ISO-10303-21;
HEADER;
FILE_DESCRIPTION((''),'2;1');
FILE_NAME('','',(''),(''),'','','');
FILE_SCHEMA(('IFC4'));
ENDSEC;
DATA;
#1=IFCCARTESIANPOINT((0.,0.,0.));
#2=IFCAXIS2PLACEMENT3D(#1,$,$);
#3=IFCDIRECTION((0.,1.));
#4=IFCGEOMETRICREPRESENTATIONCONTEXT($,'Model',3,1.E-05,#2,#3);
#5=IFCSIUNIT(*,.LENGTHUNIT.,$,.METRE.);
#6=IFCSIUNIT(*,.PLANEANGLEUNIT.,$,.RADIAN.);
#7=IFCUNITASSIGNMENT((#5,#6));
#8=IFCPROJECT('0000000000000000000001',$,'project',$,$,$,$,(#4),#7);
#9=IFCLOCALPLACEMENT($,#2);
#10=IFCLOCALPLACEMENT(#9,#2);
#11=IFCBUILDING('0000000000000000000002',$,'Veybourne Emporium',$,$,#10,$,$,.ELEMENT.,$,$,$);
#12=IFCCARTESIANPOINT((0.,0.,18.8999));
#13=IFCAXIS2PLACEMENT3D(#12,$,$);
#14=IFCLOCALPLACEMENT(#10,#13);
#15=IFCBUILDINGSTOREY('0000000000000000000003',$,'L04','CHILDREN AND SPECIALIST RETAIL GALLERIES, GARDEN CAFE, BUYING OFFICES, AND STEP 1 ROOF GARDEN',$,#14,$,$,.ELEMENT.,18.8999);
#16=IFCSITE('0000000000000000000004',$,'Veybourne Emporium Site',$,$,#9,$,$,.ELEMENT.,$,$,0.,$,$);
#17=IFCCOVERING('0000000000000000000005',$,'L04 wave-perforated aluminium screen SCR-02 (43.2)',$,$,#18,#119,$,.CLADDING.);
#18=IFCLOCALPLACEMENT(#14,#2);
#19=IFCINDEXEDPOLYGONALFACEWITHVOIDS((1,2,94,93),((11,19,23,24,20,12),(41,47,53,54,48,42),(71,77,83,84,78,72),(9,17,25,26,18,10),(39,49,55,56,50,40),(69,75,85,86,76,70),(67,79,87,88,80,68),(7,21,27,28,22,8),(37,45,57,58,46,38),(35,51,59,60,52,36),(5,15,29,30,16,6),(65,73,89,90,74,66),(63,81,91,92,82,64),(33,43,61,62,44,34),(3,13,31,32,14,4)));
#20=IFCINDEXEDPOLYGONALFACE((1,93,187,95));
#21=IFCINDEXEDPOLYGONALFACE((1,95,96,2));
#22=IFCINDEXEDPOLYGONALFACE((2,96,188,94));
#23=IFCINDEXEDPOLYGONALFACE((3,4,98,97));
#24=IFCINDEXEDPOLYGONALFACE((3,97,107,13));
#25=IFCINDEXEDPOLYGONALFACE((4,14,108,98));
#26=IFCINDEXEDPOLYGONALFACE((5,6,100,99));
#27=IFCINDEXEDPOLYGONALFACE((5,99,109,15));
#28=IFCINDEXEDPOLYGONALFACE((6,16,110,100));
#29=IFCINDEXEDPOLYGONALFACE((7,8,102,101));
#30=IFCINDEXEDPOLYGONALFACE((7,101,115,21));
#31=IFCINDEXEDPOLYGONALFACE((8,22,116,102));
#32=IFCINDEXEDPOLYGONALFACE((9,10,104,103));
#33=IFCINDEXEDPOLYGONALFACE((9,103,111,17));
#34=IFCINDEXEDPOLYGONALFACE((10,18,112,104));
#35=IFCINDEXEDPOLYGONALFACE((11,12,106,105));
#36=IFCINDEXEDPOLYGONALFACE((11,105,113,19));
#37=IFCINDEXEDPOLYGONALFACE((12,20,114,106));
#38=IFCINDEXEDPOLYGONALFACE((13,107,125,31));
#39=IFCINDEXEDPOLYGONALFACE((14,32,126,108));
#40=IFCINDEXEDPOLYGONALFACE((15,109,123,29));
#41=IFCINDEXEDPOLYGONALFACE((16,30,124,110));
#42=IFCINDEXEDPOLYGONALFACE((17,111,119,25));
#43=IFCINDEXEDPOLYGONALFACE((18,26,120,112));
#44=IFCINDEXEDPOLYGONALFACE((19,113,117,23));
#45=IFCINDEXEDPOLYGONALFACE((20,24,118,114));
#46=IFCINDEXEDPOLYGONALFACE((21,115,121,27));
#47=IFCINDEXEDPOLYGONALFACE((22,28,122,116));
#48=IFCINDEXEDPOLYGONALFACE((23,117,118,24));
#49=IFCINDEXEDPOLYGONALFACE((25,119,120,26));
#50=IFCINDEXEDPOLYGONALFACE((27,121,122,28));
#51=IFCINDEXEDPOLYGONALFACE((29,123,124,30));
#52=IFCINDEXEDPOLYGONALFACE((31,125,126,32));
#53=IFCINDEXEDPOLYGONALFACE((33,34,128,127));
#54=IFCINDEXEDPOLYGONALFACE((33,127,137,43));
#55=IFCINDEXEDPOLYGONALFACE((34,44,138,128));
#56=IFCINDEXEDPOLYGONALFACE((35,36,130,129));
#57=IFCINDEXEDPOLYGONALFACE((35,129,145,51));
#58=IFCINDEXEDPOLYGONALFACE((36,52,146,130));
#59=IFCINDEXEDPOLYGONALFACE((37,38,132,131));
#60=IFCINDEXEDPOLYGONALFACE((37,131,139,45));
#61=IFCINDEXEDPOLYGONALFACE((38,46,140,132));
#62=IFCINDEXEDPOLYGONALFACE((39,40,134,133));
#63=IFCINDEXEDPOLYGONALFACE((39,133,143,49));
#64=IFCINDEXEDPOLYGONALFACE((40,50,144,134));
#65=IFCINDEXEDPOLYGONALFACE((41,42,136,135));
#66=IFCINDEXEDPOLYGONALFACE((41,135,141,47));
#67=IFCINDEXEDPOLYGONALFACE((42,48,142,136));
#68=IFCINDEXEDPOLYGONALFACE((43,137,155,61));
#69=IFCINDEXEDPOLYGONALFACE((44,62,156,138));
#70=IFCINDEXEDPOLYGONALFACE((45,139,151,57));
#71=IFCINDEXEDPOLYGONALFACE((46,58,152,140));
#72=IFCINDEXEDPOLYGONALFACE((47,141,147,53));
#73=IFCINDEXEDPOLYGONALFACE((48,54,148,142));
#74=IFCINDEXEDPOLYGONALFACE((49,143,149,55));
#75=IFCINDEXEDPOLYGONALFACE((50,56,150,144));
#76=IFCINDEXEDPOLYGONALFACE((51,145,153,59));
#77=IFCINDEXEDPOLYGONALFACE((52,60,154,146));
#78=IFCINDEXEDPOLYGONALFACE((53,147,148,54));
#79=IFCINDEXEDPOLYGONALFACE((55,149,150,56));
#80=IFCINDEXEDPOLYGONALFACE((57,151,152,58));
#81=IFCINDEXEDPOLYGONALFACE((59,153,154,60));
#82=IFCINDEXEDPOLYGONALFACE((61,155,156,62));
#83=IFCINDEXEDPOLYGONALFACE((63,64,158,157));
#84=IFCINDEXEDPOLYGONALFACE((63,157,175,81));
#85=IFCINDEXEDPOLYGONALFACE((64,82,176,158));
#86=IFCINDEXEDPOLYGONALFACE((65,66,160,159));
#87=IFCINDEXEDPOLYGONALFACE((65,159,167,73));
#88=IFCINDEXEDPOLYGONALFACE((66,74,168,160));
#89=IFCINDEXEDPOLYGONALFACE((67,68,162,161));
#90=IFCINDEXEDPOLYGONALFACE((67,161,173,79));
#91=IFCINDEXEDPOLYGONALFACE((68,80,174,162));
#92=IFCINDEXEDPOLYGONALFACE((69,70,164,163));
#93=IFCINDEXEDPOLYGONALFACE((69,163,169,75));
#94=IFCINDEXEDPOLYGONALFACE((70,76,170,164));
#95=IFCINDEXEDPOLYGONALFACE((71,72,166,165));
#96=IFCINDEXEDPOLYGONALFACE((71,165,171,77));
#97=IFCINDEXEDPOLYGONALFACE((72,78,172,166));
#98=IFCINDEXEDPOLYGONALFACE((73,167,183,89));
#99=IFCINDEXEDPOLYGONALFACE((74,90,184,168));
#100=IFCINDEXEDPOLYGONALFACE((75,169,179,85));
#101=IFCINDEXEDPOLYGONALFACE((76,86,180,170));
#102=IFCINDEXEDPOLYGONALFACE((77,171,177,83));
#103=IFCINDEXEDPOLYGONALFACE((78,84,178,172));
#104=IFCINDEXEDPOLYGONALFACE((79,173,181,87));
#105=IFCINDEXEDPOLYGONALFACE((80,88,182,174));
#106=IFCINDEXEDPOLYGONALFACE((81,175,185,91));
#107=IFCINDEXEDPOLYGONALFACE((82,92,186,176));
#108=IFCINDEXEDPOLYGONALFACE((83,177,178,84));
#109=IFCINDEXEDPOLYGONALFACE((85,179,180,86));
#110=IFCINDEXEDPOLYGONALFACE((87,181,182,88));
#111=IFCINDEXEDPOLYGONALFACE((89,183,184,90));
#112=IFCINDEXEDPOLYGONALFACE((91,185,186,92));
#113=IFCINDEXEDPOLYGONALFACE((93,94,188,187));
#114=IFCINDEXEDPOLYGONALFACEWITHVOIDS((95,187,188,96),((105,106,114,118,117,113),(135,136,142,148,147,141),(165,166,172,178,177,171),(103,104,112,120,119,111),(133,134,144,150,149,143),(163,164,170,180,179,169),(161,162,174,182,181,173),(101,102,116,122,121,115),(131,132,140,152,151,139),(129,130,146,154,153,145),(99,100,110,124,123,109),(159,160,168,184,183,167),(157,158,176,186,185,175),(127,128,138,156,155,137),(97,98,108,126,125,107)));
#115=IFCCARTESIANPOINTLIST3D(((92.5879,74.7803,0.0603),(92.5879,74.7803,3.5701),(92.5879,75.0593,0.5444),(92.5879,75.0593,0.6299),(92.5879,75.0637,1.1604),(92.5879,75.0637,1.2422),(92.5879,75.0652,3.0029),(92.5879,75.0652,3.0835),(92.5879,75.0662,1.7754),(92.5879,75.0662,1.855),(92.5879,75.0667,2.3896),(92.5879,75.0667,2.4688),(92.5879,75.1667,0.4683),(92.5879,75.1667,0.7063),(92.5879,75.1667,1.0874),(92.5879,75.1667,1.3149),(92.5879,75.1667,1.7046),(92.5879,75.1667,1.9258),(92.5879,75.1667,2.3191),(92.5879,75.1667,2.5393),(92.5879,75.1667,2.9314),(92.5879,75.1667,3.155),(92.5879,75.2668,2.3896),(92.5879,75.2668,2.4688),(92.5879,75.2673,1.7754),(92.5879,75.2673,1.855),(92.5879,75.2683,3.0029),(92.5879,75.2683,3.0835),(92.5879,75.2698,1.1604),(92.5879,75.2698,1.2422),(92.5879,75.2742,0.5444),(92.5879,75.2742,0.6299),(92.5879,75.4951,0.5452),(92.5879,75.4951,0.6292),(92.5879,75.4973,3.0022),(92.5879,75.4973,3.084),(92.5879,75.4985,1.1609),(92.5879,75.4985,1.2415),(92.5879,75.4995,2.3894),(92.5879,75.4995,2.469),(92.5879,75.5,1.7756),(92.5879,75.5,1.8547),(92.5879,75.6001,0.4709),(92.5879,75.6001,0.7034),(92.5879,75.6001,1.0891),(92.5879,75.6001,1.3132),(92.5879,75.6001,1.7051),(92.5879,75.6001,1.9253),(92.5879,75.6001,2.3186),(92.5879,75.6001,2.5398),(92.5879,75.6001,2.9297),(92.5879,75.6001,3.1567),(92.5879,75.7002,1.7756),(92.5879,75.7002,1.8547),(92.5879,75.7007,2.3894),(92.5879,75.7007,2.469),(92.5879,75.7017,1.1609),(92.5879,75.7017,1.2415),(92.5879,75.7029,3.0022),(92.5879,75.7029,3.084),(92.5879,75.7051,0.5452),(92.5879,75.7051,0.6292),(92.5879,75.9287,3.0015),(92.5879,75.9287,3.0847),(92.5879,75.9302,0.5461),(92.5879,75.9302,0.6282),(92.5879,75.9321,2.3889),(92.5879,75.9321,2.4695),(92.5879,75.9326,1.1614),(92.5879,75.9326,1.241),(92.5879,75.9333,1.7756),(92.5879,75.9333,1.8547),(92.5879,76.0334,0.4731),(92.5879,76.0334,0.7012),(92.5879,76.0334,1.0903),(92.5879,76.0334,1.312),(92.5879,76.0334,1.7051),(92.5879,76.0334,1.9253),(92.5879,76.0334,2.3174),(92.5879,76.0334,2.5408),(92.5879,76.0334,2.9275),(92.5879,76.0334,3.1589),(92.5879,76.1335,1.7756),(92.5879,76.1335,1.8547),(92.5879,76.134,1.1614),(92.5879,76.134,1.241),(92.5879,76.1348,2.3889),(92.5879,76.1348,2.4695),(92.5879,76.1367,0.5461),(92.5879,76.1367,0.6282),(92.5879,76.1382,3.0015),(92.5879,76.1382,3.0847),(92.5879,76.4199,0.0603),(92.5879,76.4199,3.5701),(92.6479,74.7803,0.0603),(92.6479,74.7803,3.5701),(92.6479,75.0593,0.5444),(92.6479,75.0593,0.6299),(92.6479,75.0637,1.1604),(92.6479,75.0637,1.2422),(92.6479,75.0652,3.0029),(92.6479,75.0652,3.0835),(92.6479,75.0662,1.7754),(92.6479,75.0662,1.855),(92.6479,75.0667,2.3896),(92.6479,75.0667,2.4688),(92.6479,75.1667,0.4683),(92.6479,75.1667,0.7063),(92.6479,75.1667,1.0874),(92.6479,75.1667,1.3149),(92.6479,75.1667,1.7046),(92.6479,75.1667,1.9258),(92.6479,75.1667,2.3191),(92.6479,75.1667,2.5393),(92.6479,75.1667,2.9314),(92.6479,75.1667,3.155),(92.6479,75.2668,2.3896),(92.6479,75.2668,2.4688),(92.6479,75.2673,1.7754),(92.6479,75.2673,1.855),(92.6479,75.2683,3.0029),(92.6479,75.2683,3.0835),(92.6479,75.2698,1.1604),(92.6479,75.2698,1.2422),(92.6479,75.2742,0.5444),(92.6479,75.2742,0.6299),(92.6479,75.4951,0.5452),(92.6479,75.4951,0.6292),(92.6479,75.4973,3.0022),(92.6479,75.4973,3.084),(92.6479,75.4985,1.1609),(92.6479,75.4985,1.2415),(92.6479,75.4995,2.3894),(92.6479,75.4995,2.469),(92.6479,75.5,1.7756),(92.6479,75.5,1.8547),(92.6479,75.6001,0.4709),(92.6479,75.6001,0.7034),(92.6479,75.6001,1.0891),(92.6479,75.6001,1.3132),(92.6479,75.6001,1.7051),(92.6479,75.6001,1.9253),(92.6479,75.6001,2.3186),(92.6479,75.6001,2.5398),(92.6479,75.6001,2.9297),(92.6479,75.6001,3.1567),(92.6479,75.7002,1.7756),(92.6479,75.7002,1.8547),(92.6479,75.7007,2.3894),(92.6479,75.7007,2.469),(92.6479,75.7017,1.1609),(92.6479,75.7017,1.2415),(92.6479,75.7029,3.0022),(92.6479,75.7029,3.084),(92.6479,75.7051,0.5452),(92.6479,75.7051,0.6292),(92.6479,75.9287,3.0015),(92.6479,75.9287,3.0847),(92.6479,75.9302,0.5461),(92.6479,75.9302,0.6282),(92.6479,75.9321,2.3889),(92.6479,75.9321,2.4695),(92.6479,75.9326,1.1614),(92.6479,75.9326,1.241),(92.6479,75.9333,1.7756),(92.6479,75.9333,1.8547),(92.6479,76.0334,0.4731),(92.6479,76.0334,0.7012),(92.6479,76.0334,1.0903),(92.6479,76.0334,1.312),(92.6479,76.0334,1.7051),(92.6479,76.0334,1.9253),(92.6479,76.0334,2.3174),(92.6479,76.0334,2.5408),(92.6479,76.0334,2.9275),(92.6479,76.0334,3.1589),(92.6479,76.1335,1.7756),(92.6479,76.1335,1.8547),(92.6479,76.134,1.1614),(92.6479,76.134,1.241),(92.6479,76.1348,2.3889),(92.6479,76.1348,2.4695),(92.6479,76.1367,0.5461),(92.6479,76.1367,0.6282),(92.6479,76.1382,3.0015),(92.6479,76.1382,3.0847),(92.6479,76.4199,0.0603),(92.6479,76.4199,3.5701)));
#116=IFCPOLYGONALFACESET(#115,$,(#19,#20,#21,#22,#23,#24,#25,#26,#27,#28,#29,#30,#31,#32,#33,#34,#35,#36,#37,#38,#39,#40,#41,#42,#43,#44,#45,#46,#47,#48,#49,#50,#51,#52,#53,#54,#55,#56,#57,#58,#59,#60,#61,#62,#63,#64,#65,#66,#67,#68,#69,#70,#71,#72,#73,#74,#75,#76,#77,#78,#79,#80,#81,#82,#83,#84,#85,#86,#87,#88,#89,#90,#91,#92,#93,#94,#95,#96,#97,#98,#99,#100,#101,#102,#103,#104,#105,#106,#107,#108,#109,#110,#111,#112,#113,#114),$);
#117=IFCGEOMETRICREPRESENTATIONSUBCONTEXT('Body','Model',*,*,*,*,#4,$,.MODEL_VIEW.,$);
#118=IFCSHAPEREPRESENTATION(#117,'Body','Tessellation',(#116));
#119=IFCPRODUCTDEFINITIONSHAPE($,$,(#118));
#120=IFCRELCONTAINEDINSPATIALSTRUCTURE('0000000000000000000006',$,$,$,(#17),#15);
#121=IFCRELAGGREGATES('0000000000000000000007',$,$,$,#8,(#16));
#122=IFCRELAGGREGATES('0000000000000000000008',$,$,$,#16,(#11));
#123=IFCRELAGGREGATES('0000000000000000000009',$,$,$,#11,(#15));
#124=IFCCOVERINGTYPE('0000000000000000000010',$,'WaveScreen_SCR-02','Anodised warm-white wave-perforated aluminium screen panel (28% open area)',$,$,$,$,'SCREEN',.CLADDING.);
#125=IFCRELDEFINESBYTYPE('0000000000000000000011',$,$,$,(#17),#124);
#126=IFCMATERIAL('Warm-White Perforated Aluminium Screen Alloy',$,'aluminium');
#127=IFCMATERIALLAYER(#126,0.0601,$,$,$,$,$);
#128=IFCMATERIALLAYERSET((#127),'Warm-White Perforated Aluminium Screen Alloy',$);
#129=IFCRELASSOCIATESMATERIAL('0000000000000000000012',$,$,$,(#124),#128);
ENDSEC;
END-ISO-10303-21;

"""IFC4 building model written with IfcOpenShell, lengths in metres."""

from ifc_helpers import new_model, si_unit, direction, frame, origin, place, context, subcontext, project, spatial, polyline, outline, extrude, material, layer, layer_set, type_object, element, save


model = new_model("IFC4")

# Units and contexts
model_context = context("Model", 3, precision=1e-05, world=origin(), true_north=direction((0.0, 1.0)))
body_context = subcontext(model_context, "Body", "Model", "MODEL_VIEW")
ifc_project = project(units=[si_unit("LENGTHUNIT", "METRE"), si_unit("PLANEANGLEUNIT", "RADIAN")], contexts=[model_context])

# Site, building, storey
site_placement = place(None, origin())
site = spatial("IfcSite", under=ifc_project, at=site_placement, Name="Veybourne Emporium Site", CompositionType="ELEMENT", RefElevation=0.0)
building_placement = place(site_placement, origin())
building = spatial("IfcBuilding", under=site, at=building_placement, Name="Veybourne Emporium", CompositionType="ELEMENT")
storey_placement = place(building_placement, frame((0.0, 0.0, 18.8999)))
storey = spatial("IfcBuildingStorey", under=building, at=storey_placement, Name="L04", Description="CHILDREN AND SPECIALIST RETAIL GALLERIES, GARDEN CAFE, BUYING OFFICES, AND STEP 1 ROOF GARDEN", CompositionType="ELEMENT", Elevation=18.8999)

# Covering
ifc_material_1 = material(Name="Warm-White Perforated Aluminium Screen Alloy", Category="aluminium")
ifc_layer_1 = layer(ifc_material_1, 0.0601)
ifc_layer_set_1 = layer_set([ifc_layer_1], Name="Warm-White Perforated Aluminium Screen Alloy")
covering_type_1 = type_object("IfcCoveringType", Name="WaveScreen_SCR-02", Description="Anodised warm-white wave-perforated aluminium screen panel (28% open area)", ElementType="SCREEN", PredefinedType="CLADDING", material=ifc_layer_set_1)
covering_1_placement = place(storey_placement, frame((92.6479, 75.6001, 1.8152), z_axis=(-1.0, 0.0, 0.0), x_axis=(0.0, -1.0, 0.0)))
element("IfcCovering", 1, at=covering_1_placement, inside=storey, type_object=covering_type_1, Name="L04 wave-perforated aluminium screen SCR-02 (43.2)", PredefinedType="CLADDING", context=body_context, shape_type="SweptSolid", body=[
    extrude(outline(polyline([(-0.8198, -1.7549), (0.8198, -1.7549), (0.8198, 1.7549), (-0.8198, 1.7549), (-0.8198, -1.7549)]), holes=[polyline([(-0.4333, -1.114), (-0.3301, -1.187), (-0.3301, -1.269), (-0.4333, -1.342), (-0.5366, -1.269), (-0.5366, -1.187), (-0.4333, -1.114)]), polyline([(-0.4333, -0.5032), (-0.3325, -0.5742), (-0.3325, -0.6538), (-0.4333, -0.7249), (-0.5339, -0.6538), (-0.5339, -0.5742), (-0.4333, -0.5032)]), polyline([(-0.4333, 0.1101), (-0.3333, 0.0396), (-0.3333, -0.0396), (-0.4333, -0.1101), (-0.5334, -0.0396), (-0.5334, 0.0396), (-0.4333, 0.1101)]), polyline([(-0.4333, 0.7256), (-0.332, 0.6543), (-0.332, 0.5737), (-0.4333, 0.5022), (-0.5347, 0.5737), (-0.5347, 0.6543), (-0.4333, 0.7256)]), polyline([(-0.4333, 1.3438), (-0.3286, 1.2695), (-0.3286, 1.1863), (-0.4333, 1.1123), (-0.5381, 1.1863), (-0.5381, 1.2695), (-0.4333, 1.3438)]), polyline([(0.0, -1.1118), (0.105, -1.186), (0.105, -1.27), (0.0, -1.3442), (-0.105, -1.27), (-0.105, -1.186), (0.0, -1.1118)]), polyline([(0.0, -0.502), (0.1016, -0.5737), (0.1016, -0.6543), (0.0, -0.7261), (-0.1016, -0.6543), (-0.1016, -0.5737), (0.0, -0.502)]), polyline([(0.0, 0.1101), (0.1001, 0.0396), (0.1001, -0.0396), (0.0, -0.1101), (-0.1001, -0.0396), (-0.1001, 0.0396), (0.0, 0.1101)]), polyline([(0.0, 0.7246), (0.1006, 0.6538), (0.1006, 0.5742), (0.0, 0.5034), (-0.1006, 0.5742), (-0.1006, 0.6538), (0.0, 0.7246)]), polyline([(0.0, 1.3416), (0.1028, 1.2688), (0.1028, 1.187), (0.0, 1.1145), (-0.1028, 1.187), (-0.1028, 1.2688), (0.0, 1.3416)]), polyline([(0.4333, -1.1089), (0.5408, -1.1853), (0.5408, -1.2708), (0.4333, -1.3469), (0.3259, -1.2708), (0.3259, -1.1853), (0.4333, -1.1089)]), polyline([(0.4333, -0.5002), (0.5364, -0.573), (0.5364, -0.6548), (0.4333, -0.7278), (0.3303, -0.6548), (0.3303, -0.573), (0.4333, -0.5002)]), polyline([(0.4333, 0.1106), (0.5339, 0.0398), (0.5339, -0.0398), (0.4333, -0.1106), (0.3328, -0.0398), (0.3328, 0.0398), (0.4333, 0.1106)]), polyline([(0.4333, 0.7241), (0.5334, 0.6536), (0.5334, 0.5745), (0.4333, 0.5039), (0.3333, 0.5745), (0.3333, 0.6536), (0.4333, 0.7241)]), polyline([(0.4333, 1.3398), (0.5349, 1.2683), (0.5349, 1.1877), (0.4333, 1.1162), (0.3318, 1.1877), (0.3318, 1.2683), (0.4333, 1.3398)])]), origin(), (0.0, 0.0, 1.0), 0.0601),
])

save(model, "model.ifc")
